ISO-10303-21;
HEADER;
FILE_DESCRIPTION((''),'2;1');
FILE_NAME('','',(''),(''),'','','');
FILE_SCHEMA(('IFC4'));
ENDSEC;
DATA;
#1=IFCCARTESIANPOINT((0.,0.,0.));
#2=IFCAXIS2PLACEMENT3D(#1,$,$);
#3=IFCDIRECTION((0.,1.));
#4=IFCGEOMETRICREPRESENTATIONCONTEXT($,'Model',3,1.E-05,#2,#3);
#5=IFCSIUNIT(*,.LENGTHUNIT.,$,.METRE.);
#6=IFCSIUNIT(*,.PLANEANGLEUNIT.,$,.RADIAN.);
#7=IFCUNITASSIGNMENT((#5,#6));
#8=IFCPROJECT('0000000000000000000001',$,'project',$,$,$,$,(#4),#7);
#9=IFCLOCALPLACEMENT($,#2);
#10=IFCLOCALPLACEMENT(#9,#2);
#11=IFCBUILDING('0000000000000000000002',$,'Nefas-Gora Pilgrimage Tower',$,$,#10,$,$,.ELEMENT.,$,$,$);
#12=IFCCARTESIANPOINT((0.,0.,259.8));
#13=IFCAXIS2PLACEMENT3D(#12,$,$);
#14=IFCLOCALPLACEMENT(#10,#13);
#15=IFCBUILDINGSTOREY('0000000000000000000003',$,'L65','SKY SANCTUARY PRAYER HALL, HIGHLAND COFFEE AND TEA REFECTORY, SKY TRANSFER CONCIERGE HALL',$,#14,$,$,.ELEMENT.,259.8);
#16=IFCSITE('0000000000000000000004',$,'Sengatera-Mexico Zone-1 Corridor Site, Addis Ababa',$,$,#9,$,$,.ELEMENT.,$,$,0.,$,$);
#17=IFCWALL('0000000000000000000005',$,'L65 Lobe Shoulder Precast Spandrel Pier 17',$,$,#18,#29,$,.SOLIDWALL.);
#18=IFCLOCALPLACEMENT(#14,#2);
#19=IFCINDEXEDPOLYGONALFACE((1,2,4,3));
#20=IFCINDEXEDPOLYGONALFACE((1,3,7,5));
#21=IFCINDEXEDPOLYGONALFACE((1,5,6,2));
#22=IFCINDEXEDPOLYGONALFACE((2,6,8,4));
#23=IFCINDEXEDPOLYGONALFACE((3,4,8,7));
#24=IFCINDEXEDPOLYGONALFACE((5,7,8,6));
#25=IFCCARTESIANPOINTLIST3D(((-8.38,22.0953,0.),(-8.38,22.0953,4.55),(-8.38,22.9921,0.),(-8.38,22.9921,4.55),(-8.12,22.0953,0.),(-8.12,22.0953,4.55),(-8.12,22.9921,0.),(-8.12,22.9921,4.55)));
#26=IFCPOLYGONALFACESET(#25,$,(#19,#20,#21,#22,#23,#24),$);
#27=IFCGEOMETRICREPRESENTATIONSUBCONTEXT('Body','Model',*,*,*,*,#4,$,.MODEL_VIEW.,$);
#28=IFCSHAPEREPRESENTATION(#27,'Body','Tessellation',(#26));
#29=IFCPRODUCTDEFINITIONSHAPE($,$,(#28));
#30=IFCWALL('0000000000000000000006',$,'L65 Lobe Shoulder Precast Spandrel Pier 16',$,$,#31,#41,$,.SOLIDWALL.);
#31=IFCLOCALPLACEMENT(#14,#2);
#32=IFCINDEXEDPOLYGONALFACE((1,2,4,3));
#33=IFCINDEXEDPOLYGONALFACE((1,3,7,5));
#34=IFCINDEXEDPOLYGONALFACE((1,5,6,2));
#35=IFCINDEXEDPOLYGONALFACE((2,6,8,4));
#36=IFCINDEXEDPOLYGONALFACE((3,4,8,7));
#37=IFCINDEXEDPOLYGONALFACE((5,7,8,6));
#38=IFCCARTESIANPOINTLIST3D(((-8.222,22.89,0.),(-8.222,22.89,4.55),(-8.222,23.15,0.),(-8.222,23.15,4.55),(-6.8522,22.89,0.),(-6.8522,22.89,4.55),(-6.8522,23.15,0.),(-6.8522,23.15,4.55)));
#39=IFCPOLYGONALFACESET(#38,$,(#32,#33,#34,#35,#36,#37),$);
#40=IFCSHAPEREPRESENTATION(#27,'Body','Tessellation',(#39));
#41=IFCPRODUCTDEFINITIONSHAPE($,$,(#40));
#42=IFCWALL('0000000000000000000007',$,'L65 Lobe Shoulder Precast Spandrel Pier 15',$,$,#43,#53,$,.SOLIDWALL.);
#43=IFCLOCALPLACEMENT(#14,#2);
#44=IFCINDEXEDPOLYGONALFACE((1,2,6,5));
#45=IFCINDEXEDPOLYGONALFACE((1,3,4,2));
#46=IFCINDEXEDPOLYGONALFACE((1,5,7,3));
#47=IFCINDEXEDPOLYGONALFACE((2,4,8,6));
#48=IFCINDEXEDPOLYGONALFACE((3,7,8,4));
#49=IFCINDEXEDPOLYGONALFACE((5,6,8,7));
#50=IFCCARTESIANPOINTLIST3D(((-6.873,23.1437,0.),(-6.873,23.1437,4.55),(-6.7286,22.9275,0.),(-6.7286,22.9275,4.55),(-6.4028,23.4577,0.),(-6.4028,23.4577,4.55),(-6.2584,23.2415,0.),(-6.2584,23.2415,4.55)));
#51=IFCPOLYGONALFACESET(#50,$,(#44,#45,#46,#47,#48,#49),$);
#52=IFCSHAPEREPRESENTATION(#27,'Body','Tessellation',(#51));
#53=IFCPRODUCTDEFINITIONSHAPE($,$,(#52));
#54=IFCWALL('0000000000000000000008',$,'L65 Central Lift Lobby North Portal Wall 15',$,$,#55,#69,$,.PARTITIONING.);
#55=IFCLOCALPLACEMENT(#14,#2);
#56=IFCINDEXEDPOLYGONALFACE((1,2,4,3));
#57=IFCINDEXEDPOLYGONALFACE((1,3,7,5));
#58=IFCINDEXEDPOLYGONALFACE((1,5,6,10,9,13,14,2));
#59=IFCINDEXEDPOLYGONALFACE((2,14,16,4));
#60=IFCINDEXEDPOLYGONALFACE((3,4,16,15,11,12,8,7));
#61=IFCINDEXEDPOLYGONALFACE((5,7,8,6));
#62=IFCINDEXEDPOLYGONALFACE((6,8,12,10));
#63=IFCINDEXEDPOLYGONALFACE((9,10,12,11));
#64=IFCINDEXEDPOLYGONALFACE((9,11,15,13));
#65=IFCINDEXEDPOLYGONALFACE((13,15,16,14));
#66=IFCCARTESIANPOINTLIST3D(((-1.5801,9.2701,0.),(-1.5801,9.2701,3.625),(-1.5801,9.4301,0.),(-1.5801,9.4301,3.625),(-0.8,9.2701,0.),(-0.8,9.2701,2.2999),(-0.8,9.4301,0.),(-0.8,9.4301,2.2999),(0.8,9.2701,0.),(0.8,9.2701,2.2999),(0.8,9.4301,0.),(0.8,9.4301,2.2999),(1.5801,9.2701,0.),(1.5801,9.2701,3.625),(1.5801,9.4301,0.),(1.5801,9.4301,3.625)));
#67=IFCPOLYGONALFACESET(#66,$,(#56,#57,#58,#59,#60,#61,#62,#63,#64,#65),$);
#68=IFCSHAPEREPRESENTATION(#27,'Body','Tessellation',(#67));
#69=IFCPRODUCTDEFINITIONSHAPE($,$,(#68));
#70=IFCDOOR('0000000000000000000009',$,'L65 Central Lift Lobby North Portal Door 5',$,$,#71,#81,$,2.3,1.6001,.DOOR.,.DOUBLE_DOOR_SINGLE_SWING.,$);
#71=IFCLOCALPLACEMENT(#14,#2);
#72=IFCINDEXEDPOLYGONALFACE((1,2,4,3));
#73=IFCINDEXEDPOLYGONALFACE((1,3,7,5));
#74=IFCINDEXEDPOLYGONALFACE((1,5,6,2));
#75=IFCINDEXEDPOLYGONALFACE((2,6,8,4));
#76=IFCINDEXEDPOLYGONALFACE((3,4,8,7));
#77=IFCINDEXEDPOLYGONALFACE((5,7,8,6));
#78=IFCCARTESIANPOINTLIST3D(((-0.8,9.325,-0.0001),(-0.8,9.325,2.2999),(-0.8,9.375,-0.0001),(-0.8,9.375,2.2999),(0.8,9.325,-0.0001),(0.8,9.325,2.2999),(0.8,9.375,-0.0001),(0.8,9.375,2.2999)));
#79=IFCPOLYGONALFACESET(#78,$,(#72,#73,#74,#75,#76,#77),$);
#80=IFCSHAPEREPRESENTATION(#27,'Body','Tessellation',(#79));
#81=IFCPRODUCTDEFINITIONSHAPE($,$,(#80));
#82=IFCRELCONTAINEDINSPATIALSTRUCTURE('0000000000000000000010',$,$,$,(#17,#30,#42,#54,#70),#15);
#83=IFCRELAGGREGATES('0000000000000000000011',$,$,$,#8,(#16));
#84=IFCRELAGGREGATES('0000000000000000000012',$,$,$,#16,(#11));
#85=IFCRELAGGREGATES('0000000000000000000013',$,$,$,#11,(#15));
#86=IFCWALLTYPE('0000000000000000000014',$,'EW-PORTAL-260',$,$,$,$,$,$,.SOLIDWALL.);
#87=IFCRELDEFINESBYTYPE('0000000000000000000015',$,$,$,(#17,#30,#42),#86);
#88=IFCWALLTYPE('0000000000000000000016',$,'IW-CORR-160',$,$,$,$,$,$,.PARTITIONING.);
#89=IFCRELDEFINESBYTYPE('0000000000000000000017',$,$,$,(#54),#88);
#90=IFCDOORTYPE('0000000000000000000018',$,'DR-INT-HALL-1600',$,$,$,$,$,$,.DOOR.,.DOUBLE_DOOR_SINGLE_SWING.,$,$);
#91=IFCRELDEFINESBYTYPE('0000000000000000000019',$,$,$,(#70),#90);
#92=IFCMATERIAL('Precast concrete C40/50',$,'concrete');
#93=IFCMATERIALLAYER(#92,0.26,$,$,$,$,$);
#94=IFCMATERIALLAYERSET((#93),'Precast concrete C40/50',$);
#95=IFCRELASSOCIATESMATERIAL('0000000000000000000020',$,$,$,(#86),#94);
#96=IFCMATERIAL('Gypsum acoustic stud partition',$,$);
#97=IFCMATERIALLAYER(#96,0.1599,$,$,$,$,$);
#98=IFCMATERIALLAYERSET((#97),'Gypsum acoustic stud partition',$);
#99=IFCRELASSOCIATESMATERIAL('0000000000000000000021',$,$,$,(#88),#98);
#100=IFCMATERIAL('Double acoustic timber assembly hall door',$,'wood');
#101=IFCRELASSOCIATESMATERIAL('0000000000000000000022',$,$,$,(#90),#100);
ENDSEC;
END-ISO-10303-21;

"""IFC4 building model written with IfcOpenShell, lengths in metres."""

from ifc_helpers import new_model, si_unit, direction, frame, frame_2d, origin, place, context, subcontext, project, spatial, rectangle, extrude, source, transform, mapped, material, layer, layer_set, type_object, element, fill, save


model = new_model("IFC4")

# Units and contexts
model_context = context("Model", 3, precision=1e-05, world=origin(), true_north=direction((0.0, 1.0)))
body_context = subcontext(model_context, "Body", "Model", "MODEL_VIEW")
ifc_project = project(units=[si_unit("LENGTHUNIT", "METRE"), si_unit("PLANEANGLEUNIT", "RADIAN")], contexts=[model_context])

# Site, building, storey
site_placement = place(None, origin())
site = spatial("IfcSite", under=ifc_project, at=site_placement, Name="Sengatera-Mexico Zone-1 Corridor Site, Addis Ababa", CompositionType="ELEMENT", RefElevation=0.0)
building_placement = place(site_placement, origin())
building = spatial("IfcBuilding", under=site, at=building_placement, Name="Nefas-Gora Pilgrimage Tower", CompositionType="ELEMENT")
storey_placement = place(building_placement, frame((0.0, 0.0, 259.8)))
storey = spatial("IfcBuildingStorey", under=building, at=storey_placement, Name="L65", Description="SKY SANCTUARY PRAYER HALL, HIGHLAND COFFEE AND TEA REFECTORY, SKY TRANSFER CONCIERGE HALL", CompositionType="ELEMENT", Elevation=259.8)

# Walls
ifc_material_1 = material(Name="Precast concrete C40/50", Category="concrete")
ifc_layer_1 = layer(ifc_material_1, 0.26)
ifc_layer_set_1 = layer_set([ifc_layer_1], Name="Precast concrete C40/50")
wall_type_1 = type_object("IfcWallType", Name="EW-PORTAL-260", PredefinedType="SOLIDWALL", material=ifc_layer_set_1)
shared_shape_1 = source(origin(), body_context, "Body", "SweptSolid", [
    extrude(rectangle(XDim=0.8967, YDim=0.26, at=frame_2d((0.4482, 0.0))), origin(), (0.0, 0.0, 1.0), 4.55),
])
wall_1_placement = place(storey_placement, frame((-8.25, 22.9919, 0.0), z_axis=(0.0, 0.0, 1.0), x_axis=(0.0, -1.0, 0.0)))
element("IfcWall", 1, at=wall_1_placement, inside=storey, type_object=wall_type_1, Name="L65 Lobe Shoulder Precast Spandrel Pier 17", PredefinedType="SOLIDWALL", context=body_context, shape_type="MappedRepresentation", body=[
    mapped(shared_shape_1, transform((0.0, 0.0, 0.0), x_axis=(1.0, 0.0, 0.0), y_axis=(0.0, 1.0, 0.0), z_axis=(0.0, 0.0, 1.0), scale=1.0)),
])
shared_shape_2 = source(origin(), body_context, "Body", "SweptSolid", [
    extrude(rectangle(XDim=1.3699, YDim=0.26, at=frame_2d((0.6851, 0.0))), origin(), (0.0, 0.0, 1.0), 4.55),
])
wall_2_placement = place(storey_placement, frame((-6.8521, 23.02, 0.0), z_axis=(0.0, 0.0, 1.0), x_axis=(-1.0, 0.0, 0.0)))
element("IfcWall", 2, at=wall_2_placement, inside=storey, type_object=wall_type_1, Name="L65 Lobe Shoulder Precast Spandrel Pier 16", PredefinedType="SOLIDWALL", context=body_context, shape_type="MappedRepresentation", body=[
    mapped(shared_shape_2, transform((0.0, 0.0, 0.0), x_axis=(1.0, 0.0, 0.0), y_axis=(0.0, 1.0, 0.0), z_axis=(0.0, 0.0, 1.0), scale=1.0)),
])
shared_shape_3 = source(origin(), body_context, "Body", "SweptSolid", [
    extrude(rectangle(XDim=0.5654, YDim=0.26, at=frame_2d((0.2827, 0.0))), origin(), (0.0, 0.0, 1.0), 4.55),
])
wall_3_placement = place(storey_placement, frame((-6.3306, 23.3496, 0.0), z_axis=(0.0, 0.0, 1.0), x_axis=(-0.831651, -0.555298, 0.0)))
element("IfcWall", 3, at=wall_3_placement, inside=storey, type_object=wall_type_1, Name="L65 Lobe Shoulder Precast Spandrel Pier 15", PredefinedType="SOLIDWALL", context=body_context, shape_type="MappedRepresentation", body=[
    mapped(shared_shape_3, transform((0.0, 0.0, 0.0), x_axis=(1.0, 0.0, 0.0), y_axis=(0.0, 1.0, 0.0), z_axis=(0.0, 0.0, 1.0), scale=1.0)),
])

# Wall, opening, door
ifc_material_2 = material(Name="Gypsum acoustic stud partition")
ifc_layer_2 = layer(ifc_material_2, 0.1599)
ifc_layer_set_2 = layer_set([ifc_layer_2], Name="Gypsum acoustic stud partition")
wall_type_2 = type_object("IfcWallType", Name="IW-CORR-160", PredefinedType="PARTITIONING", material=ifc_layer_set_2)
shared_shape_4 = source(origin(), body_context, "Body", "SweptSolid", [
    extrude(rectangle(XDim=3.1602, YDim=0.1599, at=frame_2d((1.5801, 0.0))), origin(), (0.0, 0.0, 1.0), 3.625),
])
wall_4_placement = place(storey_placement, frame((-1.5801, 9.3501, 0.0), z_axis=(0.0, 0.0, 1.0), x_axis=(1.0, 0.0, 0.0)))
wall_4 = element("IfcWall", 4, at=wall_4_placement, inside=storey, type_object=wall_type_2, Name="L65 Central Lift Lobby North Portal Wall 15", PredefinedType="PARTITIONING", context=body_context, shape_type="MappedRepresentation", body=[
    mapped(shared_shape_4, transform((0.0, 0.0, 0.0), x_axis=(1.0, 0.0, 0.0), y_axis=(0.0, 1.0, 0.0), z_axis=(0.0, 0.0, 1.0), scale=1.0)),
])
opening_placement = place(wall_4_placement, frame((0.78, 0.0, 0.0)))
opening = element("IfcOpeningElement", 5, at=opening_placement, cuts=wall_4, PredefinedType="OPENING", context=body_context, shape_type="SweptSolid", body=[
    extrude(rectangle(XDim=1.6001, YDim=2.3, at=frame_2d((0.8, 1.1499))), frame((0.0, 0.0898, 0.0), z_axis=(0.0, -1.0, 0.0), x_axis=(1.0, 0.0, 0.0)), (0.0, 0.0, 1.0), 0.1799),
])
ifc_material_3 = material(Name="Double acoustic timber assembly hall door", Category="wood")
door_type = type_object("IfcDoorType", Name="DR-INT-HALL-1600", OperationType="DOUBLE_DOOR_SINGLE_SWING", PredefinedType="DOOR", material=ifc_material_3)
shared_shape_5 = source(origin(), body_context, "Body", "SweptSolid", [
    extrude(rectangle(XDim=1.6001, YDim=2.3, at=frame_2d((0.8, 1.1499))), frame((0.0, 0.0249, 0.0), z_axis=(0.0, -1.0, 0.0), x_axis=(1.0, 0.0, 0.0)), (0.0, 0.0, 1.0), 0.05),
])
door_placement = place(opening_placement, origin())
door = element("IfcDoor", 6, at=door_placement, inside=storey, type_object=door_type, Name="L65 Central Lift Lobby North Portal Door 5", OperationType="DOUBLE_DOOR_SINGLE_SWING", OverallHeight=2.3, OverallWidth=1.6001, PredefinedType="DOOR", context=body_context, shape_type="MappedRepresentation", body=[
    mapped(shared_shape_5, transform((0.0, 0.0, 0.0), x_axis=(1.0, 0.0, 0.0), y_axis=(0.0, 1.0, 0.0), z_axis=(0.0, 0.0, 1.0), scale=1.0)),
])
fill(opening, door)

save(model, "model.ifc")
